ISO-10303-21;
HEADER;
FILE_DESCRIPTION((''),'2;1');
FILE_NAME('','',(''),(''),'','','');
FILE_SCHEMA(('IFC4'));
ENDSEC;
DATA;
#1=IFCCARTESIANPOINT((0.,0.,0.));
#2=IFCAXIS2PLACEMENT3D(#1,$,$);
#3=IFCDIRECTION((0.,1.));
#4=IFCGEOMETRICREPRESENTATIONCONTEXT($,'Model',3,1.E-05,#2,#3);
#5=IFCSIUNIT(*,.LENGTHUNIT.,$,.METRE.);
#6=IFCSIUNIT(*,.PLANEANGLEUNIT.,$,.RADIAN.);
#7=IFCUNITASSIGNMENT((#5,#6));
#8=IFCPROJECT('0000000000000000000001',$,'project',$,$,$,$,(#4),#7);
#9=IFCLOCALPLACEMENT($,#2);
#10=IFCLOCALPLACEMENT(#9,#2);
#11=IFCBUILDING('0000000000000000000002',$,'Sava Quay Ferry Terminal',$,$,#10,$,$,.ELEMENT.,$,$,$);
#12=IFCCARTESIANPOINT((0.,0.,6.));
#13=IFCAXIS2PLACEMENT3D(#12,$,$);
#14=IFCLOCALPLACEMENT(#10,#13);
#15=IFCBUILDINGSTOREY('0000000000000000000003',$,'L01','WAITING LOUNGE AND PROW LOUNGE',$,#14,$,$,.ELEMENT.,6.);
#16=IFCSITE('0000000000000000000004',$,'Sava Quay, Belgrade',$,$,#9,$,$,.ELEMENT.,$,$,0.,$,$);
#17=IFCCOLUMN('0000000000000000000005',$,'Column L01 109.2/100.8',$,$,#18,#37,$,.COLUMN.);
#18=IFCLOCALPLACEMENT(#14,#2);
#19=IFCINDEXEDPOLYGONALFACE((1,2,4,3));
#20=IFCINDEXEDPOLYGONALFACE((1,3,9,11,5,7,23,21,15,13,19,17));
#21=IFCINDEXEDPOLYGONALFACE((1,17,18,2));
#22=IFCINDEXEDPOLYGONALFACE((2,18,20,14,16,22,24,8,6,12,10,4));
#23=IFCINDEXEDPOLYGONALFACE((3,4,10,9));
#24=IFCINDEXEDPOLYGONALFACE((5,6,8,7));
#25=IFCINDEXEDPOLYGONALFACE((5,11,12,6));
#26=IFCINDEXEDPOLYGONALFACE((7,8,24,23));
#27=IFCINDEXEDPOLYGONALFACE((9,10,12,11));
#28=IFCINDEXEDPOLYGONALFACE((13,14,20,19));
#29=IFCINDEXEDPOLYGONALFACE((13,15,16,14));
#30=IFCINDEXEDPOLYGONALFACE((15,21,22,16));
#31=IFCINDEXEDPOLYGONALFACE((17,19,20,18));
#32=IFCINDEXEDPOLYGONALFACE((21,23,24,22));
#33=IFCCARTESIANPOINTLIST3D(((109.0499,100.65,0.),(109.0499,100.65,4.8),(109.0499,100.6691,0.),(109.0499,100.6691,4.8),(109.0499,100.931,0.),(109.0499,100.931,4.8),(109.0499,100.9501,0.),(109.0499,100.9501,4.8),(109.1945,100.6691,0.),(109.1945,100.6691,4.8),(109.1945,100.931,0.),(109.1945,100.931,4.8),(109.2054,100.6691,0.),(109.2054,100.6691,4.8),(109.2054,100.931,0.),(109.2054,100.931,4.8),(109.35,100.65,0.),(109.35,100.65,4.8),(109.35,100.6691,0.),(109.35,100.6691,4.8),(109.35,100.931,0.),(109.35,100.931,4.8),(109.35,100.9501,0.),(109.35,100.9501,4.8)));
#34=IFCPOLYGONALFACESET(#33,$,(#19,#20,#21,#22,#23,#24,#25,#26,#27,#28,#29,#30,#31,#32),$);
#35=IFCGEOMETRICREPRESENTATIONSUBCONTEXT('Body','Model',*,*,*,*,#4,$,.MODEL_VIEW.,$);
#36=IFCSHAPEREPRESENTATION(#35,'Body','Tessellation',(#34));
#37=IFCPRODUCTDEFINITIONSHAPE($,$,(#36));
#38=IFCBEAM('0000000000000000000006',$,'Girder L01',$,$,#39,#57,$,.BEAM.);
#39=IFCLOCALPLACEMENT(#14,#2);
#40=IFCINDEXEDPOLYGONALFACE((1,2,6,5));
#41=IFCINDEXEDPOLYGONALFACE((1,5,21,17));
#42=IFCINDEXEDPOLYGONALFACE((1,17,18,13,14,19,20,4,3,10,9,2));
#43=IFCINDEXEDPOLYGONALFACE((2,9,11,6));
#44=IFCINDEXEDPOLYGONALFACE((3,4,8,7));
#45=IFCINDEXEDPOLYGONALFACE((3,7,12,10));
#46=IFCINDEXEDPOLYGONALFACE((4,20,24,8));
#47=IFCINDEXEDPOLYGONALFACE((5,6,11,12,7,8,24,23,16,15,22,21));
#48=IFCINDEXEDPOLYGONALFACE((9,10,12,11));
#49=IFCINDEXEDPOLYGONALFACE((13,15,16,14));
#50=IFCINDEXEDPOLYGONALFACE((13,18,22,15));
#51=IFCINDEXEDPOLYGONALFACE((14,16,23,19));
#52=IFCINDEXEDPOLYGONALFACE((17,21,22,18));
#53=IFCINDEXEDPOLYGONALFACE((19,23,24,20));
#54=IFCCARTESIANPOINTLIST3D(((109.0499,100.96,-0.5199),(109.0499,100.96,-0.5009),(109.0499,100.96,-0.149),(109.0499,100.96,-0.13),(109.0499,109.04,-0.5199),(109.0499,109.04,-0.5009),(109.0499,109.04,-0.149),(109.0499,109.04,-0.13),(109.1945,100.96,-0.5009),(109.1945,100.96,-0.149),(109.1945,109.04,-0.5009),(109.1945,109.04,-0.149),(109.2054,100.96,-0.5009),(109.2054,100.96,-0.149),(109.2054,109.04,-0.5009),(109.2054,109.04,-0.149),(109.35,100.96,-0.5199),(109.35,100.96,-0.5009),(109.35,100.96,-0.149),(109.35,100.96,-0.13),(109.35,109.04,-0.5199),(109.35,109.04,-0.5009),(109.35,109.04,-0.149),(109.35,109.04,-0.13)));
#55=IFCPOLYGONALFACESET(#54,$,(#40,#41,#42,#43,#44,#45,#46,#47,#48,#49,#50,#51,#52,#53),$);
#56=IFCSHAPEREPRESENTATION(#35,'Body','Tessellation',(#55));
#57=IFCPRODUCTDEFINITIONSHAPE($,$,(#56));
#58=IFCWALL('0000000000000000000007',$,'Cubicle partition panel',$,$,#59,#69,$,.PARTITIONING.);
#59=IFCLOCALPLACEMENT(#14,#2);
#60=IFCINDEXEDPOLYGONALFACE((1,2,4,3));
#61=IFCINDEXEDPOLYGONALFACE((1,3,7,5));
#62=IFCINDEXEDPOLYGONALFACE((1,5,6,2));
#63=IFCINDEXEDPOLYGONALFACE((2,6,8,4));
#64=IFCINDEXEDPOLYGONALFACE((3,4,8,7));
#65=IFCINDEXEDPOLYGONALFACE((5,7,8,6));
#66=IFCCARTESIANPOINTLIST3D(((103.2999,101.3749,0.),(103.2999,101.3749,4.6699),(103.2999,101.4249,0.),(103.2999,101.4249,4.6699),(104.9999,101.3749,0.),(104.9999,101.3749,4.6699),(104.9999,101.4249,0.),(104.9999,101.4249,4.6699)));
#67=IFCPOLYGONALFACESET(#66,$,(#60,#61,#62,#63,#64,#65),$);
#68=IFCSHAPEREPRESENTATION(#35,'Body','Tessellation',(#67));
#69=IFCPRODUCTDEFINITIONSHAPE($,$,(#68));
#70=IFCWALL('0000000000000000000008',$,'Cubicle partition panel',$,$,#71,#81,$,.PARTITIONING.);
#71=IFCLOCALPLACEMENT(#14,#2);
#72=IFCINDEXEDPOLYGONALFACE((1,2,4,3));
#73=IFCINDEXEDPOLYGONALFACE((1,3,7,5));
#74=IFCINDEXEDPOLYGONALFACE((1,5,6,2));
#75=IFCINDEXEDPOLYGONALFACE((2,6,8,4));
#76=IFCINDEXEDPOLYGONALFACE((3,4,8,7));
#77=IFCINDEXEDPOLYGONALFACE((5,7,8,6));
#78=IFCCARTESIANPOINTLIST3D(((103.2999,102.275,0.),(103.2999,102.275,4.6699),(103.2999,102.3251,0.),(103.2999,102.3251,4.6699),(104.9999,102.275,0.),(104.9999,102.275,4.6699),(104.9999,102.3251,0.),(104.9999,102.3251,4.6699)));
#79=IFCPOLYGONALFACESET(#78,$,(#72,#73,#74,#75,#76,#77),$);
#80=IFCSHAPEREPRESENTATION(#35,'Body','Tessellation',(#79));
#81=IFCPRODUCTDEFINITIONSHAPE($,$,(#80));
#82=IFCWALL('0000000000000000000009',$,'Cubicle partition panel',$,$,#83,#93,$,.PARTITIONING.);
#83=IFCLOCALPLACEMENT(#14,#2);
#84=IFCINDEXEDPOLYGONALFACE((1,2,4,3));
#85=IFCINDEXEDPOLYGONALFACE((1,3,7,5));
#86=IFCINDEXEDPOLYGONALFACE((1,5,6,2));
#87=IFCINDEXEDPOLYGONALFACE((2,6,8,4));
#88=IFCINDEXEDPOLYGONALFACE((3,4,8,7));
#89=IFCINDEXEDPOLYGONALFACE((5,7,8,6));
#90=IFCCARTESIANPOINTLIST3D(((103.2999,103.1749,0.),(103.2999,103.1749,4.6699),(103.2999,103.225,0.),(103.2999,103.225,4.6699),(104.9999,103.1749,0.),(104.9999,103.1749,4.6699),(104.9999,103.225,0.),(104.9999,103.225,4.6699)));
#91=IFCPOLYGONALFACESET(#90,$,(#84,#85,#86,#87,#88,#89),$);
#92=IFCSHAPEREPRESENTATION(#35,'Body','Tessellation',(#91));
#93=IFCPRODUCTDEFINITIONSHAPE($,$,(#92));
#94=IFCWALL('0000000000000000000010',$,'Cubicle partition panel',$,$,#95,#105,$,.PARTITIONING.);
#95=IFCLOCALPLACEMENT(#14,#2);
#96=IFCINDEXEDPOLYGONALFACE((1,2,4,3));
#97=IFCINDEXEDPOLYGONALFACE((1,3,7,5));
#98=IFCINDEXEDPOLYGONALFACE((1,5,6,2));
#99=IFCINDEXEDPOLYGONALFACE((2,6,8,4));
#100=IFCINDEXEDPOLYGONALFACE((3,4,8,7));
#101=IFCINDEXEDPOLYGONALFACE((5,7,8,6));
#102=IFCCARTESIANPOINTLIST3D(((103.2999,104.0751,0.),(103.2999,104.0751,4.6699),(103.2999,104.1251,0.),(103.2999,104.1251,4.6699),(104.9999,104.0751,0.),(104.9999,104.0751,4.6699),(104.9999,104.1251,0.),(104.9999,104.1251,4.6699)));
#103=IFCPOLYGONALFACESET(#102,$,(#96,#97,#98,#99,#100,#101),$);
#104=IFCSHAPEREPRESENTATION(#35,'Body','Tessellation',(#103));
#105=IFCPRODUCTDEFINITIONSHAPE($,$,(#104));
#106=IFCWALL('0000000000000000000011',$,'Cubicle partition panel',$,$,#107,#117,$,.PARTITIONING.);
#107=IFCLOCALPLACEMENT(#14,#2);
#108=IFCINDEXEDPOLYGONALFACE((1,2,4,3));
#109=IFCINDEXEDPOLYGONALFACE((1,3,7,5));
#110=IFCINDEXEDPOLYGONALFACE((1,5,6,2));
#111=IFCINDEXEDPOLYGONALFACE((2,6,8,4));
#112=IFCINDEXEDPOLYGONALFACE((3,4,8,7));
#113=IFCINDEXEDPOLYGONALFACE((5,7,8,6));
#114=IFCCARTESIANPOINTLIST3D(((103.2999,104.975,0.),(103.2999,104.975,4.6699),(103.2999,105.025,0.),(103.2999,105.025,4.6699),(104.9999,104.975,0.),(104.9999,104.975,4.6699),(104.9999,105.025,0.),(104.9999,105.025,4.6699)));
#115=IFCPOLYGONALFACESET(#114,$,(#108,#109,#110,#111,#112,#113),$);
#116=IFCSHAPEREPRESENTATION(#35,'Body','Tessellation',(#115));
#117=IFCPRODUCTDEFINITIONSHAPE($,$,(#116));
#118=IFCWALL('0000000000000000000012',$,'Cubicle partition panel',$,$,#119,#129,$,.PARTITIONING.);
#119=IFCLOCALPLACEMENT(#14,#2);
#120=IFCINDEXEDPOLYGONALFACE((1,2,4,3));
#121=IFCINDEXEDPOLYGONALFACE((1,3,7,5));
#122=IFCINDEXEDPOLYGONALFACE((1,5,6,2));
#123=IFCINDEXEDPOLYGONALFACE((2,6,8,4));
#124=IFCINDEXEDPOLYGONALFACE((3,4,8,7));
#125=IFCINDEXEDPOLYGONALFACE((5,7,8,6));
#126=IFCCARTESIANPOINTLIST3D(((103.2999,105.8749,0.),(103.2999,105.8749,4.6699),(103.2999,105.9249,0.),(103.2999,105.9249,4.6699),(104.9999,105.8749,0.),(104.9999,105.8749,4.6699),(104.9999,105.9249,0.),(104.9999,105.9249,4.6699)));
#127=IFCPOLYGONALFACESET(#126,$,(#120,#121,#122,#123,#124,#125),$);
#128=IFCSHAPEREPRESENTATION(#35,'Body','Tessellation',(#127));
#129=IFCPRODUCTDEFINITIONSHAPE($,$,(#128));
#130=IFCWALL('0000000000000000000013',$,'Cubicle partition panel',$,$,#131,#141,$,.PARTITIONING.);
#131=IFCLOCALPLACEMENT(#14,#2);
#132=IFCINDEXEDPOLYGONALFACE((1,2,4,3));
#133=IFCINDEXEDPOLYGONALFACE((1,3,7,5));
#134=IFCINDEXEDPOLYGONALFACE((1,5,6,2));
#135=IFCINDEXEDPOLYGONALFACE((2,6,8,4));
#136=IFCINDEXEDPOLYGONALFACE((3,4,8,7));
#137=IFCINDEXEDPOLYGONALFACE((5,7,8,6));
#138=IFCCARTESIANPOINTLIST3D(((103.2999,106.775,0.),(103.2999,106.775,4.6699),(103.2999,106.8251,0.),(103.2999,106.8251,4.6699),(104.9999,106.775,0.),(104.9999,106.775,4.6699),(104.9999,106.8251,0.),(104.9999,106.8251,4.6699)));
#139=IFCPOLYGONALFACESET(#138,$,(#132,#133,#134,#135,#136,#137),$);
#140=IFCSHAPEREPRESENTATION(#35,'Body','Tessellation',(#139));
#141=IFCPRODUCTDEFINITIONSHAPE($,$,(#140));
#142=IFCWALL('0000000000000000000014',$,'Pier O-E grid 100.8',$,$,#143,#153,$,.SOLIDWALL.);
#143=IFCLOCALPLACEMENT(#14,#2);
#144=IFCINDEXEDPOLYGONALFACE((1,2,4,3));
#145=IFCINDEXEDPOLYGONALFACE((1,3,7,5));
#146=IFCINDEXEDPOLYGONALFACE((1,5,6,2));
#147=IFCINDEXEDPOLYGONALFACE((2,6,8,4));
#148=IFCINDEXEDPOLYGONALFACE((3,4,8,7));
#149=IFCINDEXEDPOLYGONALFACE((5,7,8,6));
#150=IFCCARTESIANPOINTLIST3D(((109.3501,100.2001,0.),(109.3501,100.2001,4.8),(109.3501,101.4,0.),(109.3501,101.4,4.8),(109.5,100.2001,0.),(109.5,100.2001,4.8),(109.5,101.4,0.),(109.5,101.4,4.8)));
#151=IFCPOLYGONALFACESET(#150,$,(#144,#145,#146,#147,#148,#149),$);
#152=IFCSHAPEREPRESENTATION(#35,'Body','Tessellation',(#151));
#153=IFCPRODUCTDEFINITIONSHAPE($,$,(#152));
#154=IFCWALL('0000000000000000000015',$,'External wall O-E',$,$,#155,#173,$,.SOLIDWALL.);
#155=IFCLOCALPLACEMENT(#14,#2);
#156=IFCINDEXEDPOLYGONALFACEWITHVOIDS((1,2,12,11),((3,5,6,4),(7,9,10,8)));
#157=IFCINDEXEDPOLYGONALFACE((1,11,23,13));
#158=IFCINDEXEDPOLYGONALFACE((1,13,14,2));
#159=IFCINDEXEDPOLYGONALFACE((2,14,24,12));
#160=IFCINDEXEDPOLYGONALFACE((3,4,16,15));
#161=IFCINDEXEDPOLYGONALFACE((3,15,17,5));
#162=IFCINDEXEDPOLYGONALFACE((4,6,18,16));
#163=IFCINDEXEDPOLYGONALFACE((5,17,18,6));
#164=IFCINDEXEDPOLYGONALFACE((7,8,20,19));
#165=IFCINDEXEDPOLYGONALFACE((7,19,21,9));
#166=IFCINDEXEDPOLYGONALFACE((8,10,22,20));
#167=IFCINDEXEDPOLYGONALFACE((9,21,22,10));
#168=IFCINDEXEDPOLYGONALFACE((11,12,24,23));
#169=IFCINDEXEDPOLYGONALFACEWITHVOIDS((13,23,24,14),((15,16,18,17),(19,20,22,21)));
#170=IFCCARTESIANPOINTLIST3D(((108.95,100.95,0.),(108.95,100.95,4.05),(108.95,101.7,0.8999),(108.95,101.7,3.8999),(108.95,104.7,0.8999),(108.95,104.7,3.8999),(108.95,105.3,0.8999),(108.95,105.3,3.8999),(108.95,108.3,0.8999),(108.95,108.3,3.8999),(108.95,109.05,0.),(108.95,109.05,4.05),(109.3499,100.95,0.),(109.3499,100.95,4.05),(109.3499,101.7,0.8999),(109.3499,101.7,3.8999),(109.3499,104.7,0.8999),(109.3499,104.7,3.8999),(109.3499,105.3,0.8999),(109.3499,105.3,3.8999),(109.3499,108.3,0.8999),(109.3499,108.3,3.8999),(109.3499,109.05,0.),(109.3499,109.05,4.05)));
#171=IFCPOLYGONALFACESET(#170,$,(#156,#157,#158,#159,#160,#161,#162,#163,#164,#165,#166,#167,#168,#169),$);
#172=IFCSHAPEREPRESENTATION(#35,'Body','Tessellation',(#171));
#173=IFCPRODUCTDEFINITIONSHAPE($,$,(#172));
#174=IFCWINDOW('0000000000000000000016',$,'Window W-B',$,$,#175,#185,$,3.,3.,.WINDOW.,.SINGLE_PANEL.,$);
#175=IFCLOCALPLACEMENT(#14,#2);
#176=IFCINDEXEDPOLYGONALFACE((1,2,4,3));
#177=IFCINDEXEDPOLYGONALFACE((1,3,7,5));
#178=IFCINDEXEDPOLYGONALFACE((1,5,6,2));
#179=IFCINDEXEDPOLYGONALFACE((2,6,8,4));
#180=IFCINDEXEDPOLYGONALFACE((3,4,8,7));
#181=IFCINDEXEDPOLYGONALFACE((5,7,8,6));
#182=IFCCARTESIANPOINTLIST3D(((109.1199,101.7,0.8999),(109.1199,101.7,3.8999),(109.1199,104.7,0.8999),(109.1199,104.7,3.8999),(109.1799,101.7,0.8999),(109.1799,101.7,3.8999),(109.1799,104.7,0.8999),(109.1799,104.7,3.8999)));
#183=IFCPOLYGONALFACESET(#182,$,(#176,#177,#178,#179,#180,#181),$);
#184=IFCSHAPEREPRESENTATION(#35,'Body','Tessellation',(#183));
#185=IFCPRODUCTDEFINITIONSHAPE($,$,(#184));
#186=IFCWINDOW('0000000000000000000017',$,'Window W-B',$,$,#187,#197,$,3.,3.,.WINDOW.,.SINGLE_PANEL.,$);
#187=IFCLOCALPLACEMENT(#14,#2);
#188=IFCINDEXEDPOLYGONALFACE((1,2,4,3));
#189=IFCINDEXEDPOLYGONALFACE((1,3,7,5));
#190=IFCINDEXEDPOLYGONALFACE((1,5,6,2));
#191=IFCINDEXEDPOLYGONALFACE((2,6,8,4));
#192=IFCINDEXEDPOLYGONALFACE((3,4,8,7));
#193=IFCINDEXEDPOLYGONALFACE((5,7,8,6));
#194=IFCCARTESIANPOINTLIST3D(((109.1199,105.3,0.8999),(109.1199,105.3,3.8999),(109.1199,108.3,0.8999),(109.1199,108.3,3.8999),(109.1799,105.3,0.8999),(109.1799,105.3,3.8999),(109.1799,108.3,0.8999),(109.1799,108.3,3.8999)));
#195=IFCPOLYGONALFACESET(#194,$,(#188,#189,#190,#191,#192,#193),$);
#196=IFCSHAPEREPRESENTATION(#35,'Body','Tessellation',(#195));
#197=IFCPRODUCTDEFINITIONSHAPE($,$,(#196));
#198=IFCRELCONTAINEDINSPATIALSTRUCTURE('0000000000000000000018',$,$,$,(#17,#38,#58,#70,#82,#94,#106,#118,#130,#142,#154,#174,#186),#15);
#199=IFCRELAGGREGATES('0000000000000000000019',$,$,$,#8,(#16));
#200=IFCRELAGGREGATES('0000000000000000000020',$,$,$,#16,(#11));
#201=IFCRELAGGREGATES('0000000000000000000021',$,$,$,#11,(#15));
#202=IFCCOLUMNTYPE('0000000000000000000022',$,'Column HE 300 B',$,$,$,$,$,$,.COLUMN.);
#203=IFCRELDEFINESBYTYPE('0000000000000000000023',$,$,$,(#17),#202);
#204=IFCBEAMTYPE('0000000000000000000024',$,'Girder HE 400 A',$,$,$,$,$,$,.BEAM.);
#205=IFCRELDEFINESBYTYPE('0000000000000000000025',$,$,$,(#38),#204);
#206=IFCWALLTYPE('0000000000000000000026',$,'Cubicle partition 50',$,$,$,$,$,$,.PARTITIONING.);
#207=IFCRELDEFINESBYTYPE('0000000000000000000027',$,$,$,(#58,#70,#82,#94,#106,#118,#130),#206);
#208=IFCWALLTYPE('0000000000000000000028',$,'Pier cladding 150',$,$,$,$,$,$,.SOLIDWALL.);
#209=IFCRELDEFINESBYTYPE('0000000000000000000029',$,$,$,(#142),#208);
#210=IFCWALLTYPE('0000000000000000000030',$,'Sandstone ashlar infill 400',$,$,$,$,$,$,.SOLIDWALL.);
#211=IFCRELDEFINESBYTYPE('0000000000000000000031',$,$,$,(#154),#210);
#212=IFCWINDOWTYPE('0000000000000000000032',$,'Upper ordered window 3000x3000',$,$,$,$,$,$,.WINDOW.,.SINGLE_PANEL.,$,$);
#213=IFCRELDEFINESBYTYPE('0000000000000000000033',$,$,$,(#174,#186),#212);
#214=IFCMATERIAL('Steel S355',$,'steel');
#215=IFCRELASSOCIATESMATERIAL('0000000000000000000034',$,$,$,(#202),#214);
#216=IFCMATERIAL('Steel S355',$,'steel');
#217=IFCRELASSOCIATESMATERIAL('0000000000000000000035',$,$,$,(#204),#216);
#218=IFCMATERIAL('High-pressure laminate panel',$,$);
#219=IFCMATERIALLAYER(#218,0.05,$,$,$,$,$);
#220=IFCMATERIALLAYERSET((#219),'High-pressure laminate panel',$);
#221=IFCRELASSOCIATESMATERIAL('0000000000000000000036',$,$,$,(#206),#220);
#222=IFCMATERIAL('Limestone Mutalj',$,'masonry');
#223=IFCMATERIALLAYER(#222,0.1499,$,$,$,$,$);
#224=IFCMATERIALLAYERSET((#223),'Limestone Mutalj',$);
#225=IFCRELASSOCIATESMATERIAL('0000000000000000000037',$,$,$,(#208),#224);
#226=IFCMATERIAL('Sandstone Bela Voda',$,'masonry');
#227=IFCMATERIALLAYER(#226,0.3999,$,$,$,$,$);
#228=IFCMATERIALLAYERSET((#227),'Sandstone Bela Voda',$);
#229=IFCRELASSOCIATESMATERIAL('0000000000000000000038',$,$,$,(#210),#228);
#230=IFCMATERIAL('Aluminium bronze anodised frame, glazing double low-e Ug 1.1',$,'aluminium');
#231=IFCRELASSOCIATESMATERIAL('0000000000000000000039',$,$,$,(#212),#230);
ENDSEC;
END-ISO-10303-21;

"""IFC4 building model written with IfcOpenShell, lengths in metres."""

from ifc_helpers import new_model, si_unit, direction, frame, frame_2d, origin, origin_2d, place, context, subcontext, project, spatial, rectangle, i_section, extrude, material, layer, layer_set, material_profile, profile_set, type_object, element, fill, save


model = new_model("IFC4")

# Units and contexts
model_context = context("Model", 3, precision=1e-05, world=origin(), true_north=direction((0.0, 1.0)))
body_context = subcontext(model_context, "Body", "Model", "MODEL_VIEW")
ifc_project = project(units=[si_unit("LENGTHUNIT", "METRE"), si_unit("PLANEANGLEUNIT", "RADIAN")], contexts=[model_context])

# Site, building, storey
site_placement = place(None, origin())
site = spatial("IfcSite", under=ifc_project, at=site_placement, Name="Sava Quay, Belgrade", CompositionType="ELEMENT", RefElevation=0.0)
building_placement = place(site_placement, origin())
building = spatial("IfcBuilding", under=site, at=building_placement, Name="Sava Quay Ferry Terminal", CompositionType="ELEMENT")
storey_placement = place(building_placement, frame((0.0, 0.0, 6.0)))
storey = spatial("IfcBuildingStorey", under=building, at=storey_placement, Name="L01", Description="WAITING LOUNGE AND PROW LOUNGE", CompositionType="ELEMENT", Elevation=6.0)

# Column
ifc_material_1 = material(Name="Steel S355", Category="steel")
ifc_material_profile_1 = material_profile(ifc_material_1, i_section(OverallWidth=0.3, OverallDepth=0.3, WebThickness=0.011, FlangeThickness=0.019, at=origin_2d()), Name="HE 300 B")
ifc_profile_set_1 = profile_set([ifc_material_profile_1], Name="Steel S355")
column_type = type_object("IfcColumnType", Name="Column HE 300 B", PredefinedType="COLUMN", material=ifc_profile_set_1)
column_placement = place(storey_placement, frame((109.2, 100.8, 0.0), z_axis=(0.0, 0.0, 1.0), x_axis=(1.0, 0.0, 0.0)))
element("IfcColumn", 1, at=column_placement, inside=storey, type_object=column_type, Name="Column L01 109.2/100.8", PredefinedType="COLUMN", context=body_context, shape_type="SweptSolid", body=[
    extrude(i_section(OverallWidth=0.3, OverallDepth=0.3, WebThickness=0.011, FlangeThickness=0.019, at=origin_2d()), origin(), (0.0, 0.0, 1.0), 4.8),
])

# Beam
ifc_material_2 = material(Name="Steel S355", Category="steel")
ifc_material_profile_2 = material_profile(ifc_material_2, i_section(OverallWidth=0.3, OverallDepth=0.3899, WebThickness=0.011, FlangeThickness=0.019, at=origin_2d()), Name="HE 400 A")
ifc_profile_set_2 = profile_set([ifc_material_profile_2], Name="Steel S355")
beam_type = type_object("IfcBeamType", Name="Girder HE 400 A", PredefinedType="BEAM", material=ifc_profile_set_2)
beam_placement = place(storey_placement, frame((109.2, 100.96, -0.325), z_axis=(0.0, 1.0, 0.0), x_axis=(-1.0, 0.0, 0.0)))
element("IfcBeam", 2, at=beam_placement, inside=storey, type_object=beam_type, Name="Girder L01", PredefinedType="BEAM", context=body_context, shape_type="SweptSolid", body=[
    extrude(i_section(OverallWidth=0.3, OverallDepth=0.3899, WebThickness=0.011, FlangeThickness=0.019, at=origin_2d()), origin(), (0.0, 0.0, 1.0), 8.0801),
])

# Walls
ifc_material_3 = material(Name="High-pressure laminate panel")
ifc_layer_1 = layer(ifc_material_3, 0.05)
ifc_layer_set_1 = layer_set([ifc_layer_1], Name="High-pressure laminate panel")
wall_type_1 = type_object("IfcWallType", Name="Cubicle partition 50", PredefinedType="PARTITIONING", material=ifc_layer_set_1)
for number, where, z_axis, x_axis, name in (
    (3, (105.0, 101.3999, 0.0), (0.0, 0.0, 1.0), (-1.0, 0.0, 0.0), "Cubicle partition panel"),
    (4, (105.0, 102.3, 0.0), (0.0, 0.0, 1.0), (-1.0, 0.0, 0.0), "Cubicle partition panel"),
    (5, (105.0, 103.2, 0.0), (0.0, 0.0, 1.0), (-1.0, 0.0, 0.0), "Cubicle partition panel"),
    (6, (105.0, 104.1001, 0.0), (0.0, 0.0, 1.0), (-1.0, 0.0, 0.0), "Cubicle partition panel"),
    (7, (105.0, 105.0, 0.0), (0.0, 0.0, 1.0), (-1.0, 0.0, 0.0), "Cubicle partition panel"),
    (8, (105.0, 105.8999, 0.0), (0.0, 0.0, 1.0), (-1.0, 0.0, 0.0), "Cubicle partition panel"),
    (9, (105.0, 106.8, 0.0), (0.0, 0.0, 1.0), (-1.0, 0.0, 0.0), "Cubicle partition panel"),
):
    element("IfcWall", number, at=place(storey_placement, frame(where, z_axis=z_axis, x_axis=x_axis)), inside=storey, type_object=wall_type_1, Name=name, PredefinedType="PARTITIONING", context=body_context, shape_type="SweptSolid", body=[
        extrude(rectangle(XDim=1.7, YDim=0.05, at=frame_2d((0.8501, 0.0))), origin(), (0.0, 0.0, 1.0), 4.6699),
    ])
ifc_material_4 = material(Name="Limestone Mutalj", Category="masonry")
ifc_layer_2 = layer(ifc_material_4, 0.1499)
ifc_layer_set_2 = layer_set([ifc_layer_2], Name="Limestone Mutalj")
wall_type_2 = type_object("IfcWallType", Name="Pier cladding 150", PredefinedType="SOLIDWALL", material=ifc_layer_set_2)
wall_1_placement = place(storey_placement, frame((109.425, 100.2, 0.0), z_axis=(0.0, 0.0, 1.0), x_axis=(0.0, 1.0, 0.0)))
element("IfcWall", 10, at=wall_1_placement, inside=storey, type_object=wall_type_2, Name="Pier O-E grid 100.8", PredefinedType="SOLIDWALL", context=body_context, shape_type="SweptSolid", body=[
    extrude(rectangle(XDim=1.2, YDim=0.1499, at=frame_2d((0.6001, 0.0))), origin(), (0.0, 0.0, 1.0), 4.8),
])

# Wall, openings, windows
ifc_material_5 = material(Name="Sandstone Bela Voda", Category="masonry")
ifc_layer_3 = layer(ifc_material_5, 0.3999)
ifc_layer_set_3 = layer_set([ifc_layer_3], Name="Sandstone Bela Voda")
wall_type_3 = type_object("IfcWallType", Name="Sandstone ashlar infill 400", PredefinedType="SOLIDWALL", material=ifc_layer_set_3)
wall_2_placement = place(storey_placement, frame((109.1499, 100.95, 0.0), z_axis=(0.0, 0.0, 1.0), x_axis=(0.0, 1.0, 0.0)))
wall_2 = element("IfcWall", 11, at=wall_2_placement, inside=storey, type_object=wall_type_3, Name="External wall O-E", PredefinedType="SOLIDWALL", context=body_context, shape_type="SweptSolid", body=[
    extrude(rectangle(XDim=8.1001, YDim=0.3999, at=frame_2d((4.05, 0.0))), origin(), (0.0, 0.0, 1.0), 4.05),
])
opening_1_placement = place(wall_2_placement, frame((0.75, 0.0, 0.8999)))
opening_1 = element("IfcOpeningElement", 12, at=opening_1_placement, cuts=wall_2, PredefinedType="OPENING", context=body_context, shape_type="SweptSolid", body=[
    extrude(rectangle(XDim=3.0, YDim=3.0, at=frame_2d((1.5, 1.5))), frame((0.0, 0.2, 0.0), z_axis=(0.0, -1.0, 0.0), x_axis=(1.0, 0.0, 0.0)), (0.0, 0.0, 1.0), 0.3999),
])
opening_2_placement = place(wall_2_placement, frame((4.3501, 0.0, 0.8999)))
opening_2 = element("IfcOpeningElement", 13, at=opening_2_placement, cuts=wall_2, PredefinedType="OPENING", context=body_context, shape_type="SweptSolid", body=[
    extrude(rectangle(XDim=3.0, YDim=3.0, at=frame_2d((1.5, 1.5))), frame((0.0, 0.2, 0.0), z_axis=(0.0, -1.0, 0.0), x_axis=(1.0, 0.0, 0.0)), (0.0, 0.0, 1.0), 0.3999),
])
ifc_material_6 = material(Name="Aluminium bronze anodised frame, glazing double low-e Ug 1.1", Category="aluminium")
window_type = type_object("IfcWindowType", Name="Upper ordered window 3000x3000", PartitioningType="SINGLE_PANEL", PredefinedType="WINDOW", material=ifc_material_6)
window_1_placement = place(opening_1_placement, origin())
window_1 = element("IfcWindow", 14, at=window_1_placement, inside=storey, type_object=window_type, Name="Window W-B", OverallHeight=3.0, OverallWidth=3.0, PartitioningType="SINGLE_PANEL", PredefinedType="WINDOW", context=body_context, shape_type="SweptSolid", body=[
    extrude(rectangle(XDim=3.0, YDim=3.0, at=frame_2d((1.5, 1.5))), frame((0.0, 0.03, 0.0), z_axis=(0.0, -1.0, 0.0), x_axis=(1.0, 0.0, 0.0)), (0.0, 0.0, 1.0), 0.0601),
])
fill(opening_1, window_1)
window_2_placement = place(opening_2_placement, origin())
window_2 = element("IfcWindow", 15, at=window_2_placement, inside=storey, type_object=window_type, Name="Window W-B", OverallHeight=3.0, OverallWidth=3.0, PartitioningType="SINGLE_PANEL", PredefinedType="WINDOW", context=body_context, shape_type="SweptSolid", body=[
    extrude(rectangle(XDim=3.0, YDim=3.0, at=frame_2d((1.5, 1.5))), frame((0.0, 0.03, 0.0), z_axis=(0.0, -1.0, 0.0), x_axis=(1.0, 0.0, 0.0)), (0.0, 0.0, 1.0), 0.0601),
])
fill(opening_2, window_2)

save(model, "model.ifc")
